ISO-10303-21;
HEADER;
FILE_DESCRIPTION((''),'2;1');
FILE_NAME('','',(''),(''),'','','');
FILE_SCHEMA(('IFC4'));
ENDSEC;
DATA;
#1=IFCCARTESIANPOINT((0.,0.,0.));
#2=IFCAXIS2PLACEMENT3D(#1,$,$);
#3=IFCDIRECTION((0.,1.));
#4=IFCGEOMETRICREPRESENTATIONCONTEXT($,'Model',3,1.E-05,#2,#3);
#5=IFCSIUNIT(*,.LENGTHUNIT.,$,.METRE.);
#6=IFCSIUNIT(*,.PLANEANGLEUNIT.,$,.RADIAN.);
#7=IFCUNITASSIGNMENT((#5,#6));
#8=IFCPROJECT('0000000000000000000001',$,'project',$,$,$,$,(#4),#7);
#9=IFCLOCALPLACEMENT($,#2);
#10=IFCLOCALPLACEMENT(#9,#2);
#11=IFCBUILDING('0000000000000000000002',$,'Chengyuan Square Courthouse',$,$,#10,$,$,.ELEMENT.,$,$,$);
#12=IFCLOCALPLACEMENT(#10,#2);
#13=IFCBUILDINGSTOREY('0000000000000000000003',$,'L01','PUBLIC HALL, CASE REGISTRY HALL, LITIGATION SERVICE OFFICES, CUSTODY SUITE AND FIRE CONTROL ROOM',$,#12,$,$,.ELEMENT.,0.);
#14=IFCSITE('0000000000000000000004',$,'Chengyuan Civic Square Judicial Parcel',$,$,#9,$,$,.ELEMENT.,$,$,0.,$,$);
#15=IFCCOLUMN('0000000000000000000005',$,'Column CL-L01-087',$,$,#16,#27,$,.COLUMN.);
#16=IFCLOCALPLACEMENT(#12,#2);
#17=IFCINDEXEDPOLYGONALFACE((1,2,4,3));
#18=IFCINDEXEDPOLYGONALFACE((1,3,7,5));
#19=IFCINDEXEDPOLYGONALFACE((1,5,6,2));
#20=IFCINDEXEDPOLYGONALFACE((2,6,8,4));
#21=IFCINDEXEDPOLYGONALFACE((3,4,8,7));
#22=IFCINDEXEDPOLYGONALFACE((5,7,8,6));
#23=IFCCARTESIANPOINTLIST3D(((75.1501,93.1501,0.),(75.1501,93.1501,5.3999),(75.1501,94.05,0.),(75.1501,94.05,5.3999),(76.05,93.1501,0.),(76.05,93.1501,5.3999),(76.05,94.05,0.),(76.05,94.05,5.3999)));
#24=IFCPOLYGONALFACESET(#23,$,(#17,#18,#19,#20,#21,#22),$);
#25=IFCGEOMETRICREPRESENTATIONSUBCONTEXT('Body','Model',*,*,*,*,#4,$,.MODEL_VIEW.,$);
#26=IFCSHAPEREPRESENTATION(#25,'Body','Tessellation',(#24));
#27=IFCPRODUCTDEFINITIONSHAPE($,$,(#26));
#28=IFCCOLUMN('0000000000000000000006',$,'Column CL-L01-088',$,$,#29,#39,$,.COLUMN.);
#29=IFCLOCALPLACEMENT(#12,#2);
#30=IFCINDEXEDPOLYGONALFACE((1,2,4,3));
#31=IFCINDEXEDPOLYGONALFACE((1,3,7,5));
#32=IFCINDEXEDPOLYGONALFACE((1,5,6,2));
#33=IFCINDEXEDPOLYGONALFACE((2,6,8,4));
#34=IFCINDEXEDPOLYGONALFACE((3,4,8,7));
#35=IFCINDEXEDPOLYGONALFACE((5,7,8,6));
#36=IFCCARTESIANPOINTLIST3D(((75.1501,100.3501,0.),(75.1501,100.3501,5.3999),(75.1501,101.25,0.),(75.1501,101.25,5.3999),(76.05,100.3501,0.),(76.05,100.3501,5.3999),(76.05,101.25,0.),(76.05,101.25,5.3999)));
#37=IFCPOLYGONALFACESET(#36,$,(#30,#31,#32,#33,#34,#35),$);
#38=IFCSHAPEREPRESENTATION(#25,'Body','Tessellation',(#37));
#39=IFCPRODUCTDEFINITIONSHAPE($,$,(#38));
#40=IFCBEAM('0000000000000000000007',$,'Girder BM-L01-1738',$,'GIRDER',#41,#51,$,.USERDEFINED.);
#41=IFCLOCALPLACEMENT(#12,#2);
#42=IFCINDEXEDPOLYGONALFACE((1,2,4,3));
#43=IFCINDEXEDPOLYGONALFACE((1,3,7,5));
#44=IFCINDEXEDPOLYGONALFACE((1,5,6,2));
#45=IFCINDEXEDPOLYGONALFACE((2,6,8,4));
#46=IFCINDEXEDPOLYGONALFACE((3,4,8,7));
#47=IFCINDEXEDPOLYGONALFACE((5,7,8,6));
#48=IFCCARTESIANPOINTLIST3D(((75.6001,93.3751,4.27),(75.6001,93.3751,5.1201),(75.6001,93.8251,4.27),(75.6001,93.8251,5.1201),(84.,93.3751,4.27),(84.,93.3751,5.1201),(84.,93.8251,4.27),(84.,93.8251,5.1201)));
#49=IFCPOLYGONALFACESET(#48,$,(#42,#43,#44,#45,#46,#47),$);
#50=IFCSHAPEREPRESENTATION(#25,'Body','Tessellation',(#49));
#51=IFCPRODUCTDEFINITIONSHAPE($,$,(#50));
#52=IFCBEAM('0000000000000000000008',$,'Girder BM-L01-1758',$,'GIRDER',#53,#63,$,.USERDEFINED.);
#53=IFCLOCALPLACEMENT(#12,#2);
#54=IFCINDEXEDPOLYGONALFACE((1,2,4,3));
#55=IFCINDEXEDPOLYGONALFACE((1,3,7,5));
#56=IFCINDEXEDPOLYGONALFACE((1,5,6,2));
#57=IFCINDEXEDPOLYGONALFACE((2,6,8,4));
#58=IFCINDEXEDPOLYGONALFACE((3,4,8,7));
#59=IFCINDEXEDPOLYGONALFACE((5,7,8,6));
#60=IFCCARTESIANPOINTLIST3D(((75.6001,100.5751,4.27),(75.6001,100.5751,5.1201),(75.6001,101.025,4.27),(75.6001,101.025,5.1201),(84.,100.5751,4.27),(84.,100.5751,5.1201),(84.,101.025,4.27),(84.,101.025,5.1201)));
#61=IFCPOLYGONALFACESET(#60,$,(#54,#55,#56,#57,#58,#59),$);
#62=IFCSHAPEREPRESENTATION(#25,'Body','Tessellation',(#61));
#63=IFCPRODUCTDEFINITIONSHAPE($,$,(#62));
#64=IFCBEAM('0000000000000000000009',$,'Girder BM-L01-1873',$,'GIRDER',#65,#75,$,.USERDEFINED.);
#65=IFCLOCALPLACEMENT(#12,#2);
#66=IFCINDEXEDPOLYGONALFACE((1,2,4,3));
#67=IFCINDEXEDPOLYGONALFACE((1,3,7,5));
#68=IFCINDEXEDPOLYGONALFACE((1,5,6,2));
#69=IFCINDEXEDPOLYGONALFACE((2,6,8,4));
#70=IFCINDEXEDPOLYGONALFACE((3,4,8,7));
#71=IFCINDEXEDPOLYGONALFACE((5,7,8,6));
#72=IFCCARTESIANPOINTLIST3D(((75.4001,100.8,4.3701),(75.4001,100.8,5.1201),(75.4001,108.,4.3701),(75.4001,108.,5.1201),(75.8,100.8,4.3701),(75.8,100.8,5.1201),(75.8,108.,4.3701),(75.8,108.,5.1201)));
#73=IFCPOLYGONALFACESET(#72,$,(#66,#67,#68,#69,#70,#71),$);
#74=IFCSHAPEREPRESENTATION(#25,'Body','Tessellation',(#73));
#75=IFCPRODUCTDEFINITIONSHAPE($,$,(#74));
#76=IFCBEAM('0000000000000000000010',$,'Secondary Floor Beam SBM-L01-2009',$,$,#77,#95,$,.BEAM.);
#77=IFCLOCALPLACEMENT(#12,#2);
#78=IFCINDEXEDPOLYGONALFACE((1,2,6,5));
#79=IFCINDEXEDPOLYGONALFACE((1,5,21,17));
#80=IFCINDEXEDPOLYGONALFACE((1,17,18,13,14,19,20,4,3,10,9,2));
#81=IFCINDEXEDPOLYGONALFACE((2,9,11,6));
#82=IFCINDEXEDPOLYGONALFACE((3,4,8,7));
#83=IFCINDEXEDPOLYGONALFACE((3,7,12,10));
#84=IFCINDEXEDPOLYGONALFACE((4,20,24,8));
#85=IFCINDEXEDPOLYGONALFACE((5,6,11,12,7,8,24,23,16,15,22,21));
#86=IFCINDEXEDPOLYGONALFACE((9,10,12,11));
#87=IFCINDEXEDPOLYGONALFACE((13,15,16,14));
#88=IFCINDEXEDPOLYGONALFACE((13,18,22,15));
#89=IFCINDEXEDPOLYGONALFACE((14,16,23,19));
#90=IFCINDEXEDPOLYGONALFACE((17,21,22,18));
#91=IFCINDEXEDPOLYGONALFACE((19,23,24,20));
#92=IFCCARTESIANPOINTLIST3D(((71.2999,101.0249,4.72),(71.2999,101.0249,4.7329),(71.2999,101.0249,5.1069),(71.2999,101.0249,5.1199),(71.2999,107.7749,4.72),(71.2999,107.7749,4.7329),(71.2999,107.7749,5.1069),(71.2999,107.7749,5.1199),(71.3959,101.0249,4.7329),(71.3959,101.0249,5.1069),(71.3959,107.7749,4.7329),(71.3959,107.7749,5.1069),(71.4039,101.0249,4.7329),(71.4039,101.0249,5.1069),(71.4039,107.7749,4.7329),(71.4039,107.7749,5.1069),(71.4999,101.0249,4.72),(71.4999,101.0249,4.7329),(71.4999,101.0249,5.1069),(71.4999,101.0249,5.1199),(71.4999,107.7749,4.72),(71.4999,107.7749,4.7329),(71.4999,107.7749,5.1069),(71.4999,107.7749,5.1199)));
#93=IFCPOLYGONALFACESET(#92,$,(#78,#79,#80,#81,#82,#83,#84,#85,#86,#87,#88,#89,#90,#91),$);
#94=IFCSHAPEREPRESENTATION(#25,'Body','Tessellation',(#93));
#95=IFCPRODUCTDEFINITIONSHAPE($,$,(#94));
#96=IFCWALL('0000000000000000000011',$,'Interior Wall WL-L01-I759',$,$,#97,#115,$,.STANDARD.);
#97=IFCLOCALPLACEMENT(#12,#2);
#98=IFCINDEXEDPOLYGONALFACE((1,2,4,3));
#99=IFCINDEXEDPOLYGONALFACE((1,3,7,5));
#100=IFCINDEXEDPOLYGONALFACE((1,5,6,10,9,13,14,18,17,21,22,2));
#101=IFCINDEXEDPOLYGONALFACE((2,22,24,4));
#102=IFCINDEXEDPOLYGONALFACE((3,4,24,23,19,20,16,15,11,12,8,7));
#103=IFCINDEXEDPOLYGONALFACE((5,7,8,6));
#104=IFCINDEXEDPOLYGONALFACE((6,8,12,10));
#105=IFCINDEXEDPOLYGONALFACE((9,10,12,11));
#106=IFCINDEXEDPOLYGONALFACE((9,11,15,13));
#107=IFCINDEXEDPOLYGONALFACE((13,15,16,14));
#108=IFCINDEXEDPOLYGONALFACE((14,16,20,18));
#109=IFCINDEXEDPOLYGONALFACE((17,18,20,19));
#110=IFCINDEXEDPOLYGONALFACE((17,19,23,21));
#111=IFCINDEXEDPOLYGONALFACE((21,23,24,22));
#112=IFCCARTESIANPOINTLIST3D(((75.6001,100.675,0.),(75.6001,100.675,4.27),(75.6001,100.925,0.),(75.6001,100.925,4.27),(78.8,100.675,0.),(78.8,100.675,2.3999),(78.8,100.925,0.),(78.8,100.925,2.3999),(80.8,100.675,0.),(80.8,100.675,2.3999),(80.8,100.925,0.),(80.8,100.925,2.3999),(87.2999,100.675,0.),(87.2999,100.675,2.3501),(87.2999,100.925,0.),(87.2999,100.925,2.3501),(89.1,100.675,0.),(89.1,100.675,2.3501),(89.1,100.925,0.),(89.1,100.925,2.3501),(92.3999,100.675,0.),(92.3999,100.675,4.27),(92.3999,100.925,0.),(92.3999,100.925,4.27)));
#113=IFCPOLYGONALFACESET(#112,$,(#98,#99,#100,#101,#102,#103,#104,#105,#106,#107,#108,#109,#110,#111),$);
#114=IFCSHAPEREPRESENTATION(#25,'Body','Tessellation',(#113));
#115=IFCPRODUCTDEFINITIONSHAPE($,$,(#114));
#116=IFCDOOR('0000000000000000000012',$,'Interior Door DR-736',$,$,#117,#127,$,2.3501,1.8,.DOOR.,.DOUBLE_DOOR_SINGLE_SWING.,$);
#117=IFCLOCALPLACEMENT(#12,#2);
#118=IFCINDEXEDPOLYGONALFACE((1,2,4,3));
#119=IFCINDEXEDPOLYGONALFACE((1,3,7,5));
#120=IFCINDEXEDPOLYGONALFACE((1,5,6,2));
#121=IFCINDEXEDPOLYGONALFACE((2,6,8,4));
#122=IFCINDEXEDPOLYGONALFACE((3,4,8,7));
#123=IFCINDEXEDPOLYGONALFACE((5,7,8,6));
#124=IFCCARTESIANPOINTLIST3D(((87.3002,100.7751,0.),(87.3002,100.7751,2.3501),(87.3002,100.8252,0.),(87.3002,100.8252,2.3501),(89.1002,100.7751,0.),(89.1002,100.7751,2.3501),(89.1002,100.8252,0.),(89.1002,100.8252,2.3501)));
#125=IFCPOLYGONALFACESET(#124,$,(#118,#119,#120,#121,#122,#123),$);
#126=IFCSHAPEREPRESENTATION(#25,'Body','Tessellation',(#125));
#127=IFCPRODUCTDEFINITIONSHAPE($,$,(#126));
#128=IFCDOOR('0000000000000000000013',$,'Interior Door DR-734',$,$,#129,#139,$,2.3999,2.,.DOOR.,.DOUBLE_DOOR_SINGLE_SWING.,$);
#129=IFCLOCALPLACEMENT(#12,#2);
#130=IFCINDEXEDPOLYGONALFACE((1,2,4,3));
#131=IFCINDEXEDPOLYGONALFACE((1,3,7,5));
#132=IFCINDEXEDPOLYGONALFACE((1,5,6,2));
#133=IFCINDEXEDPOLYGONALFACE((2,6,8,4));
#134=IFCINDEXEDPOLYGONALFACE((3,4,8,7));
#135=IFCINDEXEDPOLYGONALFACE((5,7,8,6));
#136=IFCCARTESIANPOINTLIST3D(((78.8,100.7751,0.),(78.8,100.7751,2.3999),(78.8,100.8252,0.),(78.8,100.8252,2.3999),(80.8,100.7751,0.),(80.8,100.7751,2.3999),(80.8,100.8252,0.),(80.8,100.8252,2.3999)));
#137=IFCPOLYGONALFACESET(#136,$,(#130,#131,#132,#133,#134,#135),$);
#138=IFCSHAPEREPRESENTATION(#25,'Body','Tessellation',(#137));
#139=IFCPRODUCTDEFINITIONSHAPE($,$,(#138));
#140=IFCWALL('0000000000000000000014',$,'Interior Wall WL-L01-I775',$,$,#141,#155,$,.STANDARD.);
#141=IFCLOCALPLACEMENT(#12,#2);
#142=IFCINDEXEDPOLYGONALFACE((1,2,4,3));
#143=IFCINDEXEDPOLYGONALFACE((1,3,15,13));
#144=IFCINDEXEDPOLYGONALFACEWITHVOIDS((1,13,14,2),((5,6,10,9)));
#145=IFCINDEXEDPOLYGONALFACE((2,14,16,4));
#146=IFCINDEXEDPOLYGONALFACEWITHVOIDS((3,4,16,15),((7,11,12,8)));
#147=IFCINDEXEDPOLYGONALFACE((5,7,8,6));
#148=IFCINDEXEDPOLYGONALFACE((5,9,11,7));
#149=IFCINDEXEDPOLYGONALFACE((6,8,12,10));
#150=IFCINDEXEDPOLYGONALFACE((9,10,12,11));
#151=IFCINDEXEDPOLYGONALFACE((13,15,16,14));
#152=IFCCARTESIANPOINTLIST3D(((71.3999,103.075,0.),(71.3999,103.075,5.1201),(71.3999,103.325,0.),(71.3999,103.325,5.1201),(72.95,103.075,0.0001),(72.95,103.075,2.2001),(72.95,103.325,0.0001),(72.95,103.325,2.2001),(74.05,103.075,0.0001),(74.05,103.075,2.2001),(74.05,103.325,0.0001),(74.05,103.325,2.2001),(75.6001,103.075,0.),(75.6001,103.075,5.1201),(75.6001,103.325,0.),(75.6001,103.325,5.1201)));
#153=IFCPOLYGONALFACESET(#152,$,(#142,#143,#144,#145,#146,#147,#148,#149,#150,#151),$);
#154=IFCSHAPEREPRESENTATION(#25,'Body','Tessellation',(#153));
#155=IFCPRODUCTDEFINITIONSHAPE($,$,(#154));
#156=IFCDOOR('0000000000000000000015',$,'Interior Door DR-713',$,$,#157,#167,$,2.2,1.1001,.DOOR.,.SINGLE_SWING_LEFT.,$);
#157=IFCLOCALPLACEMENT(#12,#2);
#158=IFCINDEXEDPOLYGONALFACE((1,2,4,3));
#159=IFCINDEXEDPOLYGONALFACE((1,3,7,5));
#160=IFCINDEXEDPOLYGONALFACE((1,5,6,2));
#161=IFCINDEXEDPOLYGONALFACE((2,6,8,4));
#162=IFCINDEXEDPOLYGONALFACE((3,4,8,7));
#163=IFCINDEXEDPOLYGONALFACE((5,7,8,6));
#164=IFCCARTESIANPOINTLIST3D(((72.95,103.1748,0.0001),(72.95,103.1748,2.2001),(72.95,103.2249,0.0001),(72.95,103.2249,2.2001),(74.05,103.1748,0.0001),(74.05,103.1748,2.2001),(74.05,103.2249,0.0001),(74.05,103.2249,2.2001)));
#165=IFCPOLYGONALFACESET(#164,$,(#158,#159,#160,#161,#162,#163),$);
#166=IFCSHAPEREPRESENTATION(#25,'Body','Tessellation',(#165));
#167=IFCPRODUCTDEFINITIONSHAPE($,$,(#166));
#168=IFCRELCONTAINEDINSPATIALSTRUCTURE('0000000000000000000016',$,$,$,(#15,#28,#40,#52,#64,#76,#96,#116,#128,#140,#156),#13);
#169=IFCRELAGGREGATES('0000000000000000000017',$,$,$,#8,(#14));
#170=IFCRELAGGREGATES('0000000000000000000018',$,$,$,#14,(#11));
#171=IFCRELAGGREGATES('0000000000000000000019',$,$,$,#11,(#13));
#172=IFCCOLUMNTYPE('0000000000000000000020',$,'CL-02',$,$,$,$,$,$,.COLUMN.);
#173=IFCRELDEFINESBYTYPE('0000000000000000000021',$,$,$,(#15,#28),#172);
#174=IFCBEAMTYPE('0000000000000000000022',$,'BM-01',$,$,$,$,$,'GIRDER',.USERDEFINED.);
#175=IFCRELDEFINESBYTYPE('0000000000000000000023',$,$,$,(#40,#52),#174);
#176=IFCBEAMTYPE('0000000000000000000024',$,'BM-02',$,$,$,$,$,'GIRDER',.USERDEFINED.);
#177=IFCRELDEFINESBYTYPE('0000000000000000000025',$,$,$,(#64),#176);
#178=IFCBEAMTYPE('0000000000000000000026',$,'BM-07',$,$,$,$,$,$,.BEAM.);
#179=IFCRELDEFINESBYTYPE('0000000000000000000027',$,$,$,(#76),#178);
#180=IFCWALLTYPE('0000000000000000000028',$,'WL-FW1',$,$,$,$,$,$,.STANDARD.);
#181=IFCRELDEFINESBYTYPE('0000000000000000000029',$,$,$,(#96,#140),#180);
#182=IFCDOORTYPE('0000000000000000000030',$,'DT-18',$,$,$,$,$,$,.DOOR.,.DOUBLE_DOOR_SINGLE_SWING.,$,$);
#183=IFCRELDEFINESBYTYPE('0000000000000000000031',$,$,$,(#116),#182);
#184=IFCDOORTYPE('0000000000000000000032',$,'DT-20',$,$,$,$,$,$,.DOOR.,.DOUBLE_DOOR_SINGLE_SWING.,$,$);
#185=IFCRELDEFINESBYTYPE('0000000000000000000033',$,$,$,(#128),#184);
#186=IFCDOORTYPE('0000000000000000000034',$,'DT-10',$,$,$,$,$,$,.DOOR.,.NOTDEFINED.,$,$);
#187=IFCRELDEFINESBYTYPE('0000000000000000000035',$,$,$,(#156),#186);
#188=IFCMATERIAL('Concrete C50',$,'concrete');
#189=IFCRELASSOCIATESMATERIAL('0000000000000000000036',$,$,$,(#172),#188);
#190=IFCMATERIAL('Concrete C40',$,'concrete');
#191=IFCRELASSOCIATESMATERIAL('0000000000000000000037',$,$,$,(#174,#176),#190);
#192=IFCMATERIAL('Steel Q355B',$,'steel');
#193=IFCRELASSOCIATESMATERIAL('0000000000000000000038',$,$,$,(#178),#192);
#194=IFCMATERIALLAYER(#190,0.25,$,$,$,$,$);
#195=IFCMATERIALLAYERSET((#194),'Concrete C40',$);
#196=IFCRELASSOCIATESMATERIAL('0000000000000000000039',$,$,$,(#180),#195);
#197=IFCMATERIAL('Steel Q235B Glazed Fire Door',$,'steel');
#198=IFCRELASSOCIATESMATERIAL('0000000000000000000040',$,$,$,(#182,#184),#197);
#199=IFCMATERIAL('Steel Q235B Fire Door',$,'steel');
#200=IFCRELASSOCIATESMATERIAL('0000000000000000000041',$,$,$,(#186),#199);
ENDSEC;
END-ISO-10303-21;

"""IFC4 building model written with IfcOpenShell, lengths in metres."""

from ifc_helpers import new_model, si_unit, direction, frame, frame_2d, origin, origin_2d, place, context, subcontext, project, spatial, rectangle, i_section, extrude, material, layer, layer_set, material_profile, profile_set, type_object, element, fill, save


model = new_model("IFC4")

# Units and contexts
model_context = context("Model", 3, precision=1e-05, world=origin(), true_north=direction((0.0, 1.0)))
body_context = subcontext(model_context, "Body", "Model", "MODEL_VIEW")
ifc_project = project(units=[si_unit("LENGTHUNIT", "METRE"), si_unit("PLANEANGLEUNIT", "RADIAN")], contexts=[model_context])

# Site, building, storey
site_placement = place(None, origin())
site = spatial("IfcSite", under=ifc_project, at=site_placement, Name="Chengyuan Civic Square Judicial Parcel", CompositionType="ELEMENT", RefElevation=0.0)
building_placement = place(site_placement, origin())
building = spatial("IfcBuilding", under=site, at=building_placement, Name="Chengyuan Square Courthouse", CompositionType="ELEMENT")
storey_placement = place(building_placement, origin())
storey = spatial("IfcBuildingStorey", under=building, at=storey_placement, Name="L01", Description="PUBLIC HALL, CASE REGISTRY HALL, LITIGATION SERVICE OFFICES, CUSTODY SUITE AND FIRE CONTROL ROOM", CompositionType="ELEMENT", Elevation=0.0)

# Columns
ifc_material_1 = material(Name="Concrete C50", Category="concrete")
ifc_material_profile_1 = material_profile(ifc_material_1, rectangle(XDim=0.8999, YDim=0.8999, at=origin_2d()), Name="RC-COL-900x900")
ifc_profile_set_1 = profile_set([ifc_material_profile_1], Name="Concrete C50")
column_type = type_object("IfcColumnType", Name="CL-02", PredefinedType="COLUMN", material=ifc_profile_set_1)
for number, where, z_axis, x_axis, name in (
    (1, (75.6001, 93.6001, 0.0), (0.0, 0.0, 1.0), (1.0, 0.0, 0.0), "Column CL-L01-087"),
    (2, (75.6001, 100.8, 0.0), (0.0, 0.0, 1.0), (1.0, 0.0, 0.0), "Column CL-L01-088"),
):
    element("IfcColumn", number, at=place(storey_placement, frame(where, z_axis=z_axis, x_axis=x_axis)), inside=storey, type_object=column_type, Name=name, PredefinedType="COLUMN", context=body_context, shape_type="SweptSolid", body=[
        extrude(rectangle(XDim=0.8999, YDim=0.8999, at=origin_2d()), origin(), (0.0, 0.0, 1.0), 5.3999),
    ])

# Beams
ifc_material_2 = material(Name="Concrete C40", Category="concrete")
ifc_material_profile_2 = material_profile(ifc_material_2, rectangle(XDim=0.45, YDim=0.8501, at=origin_2d()), Name="RC-BM-450x850")
ifc_profile_set_2 = profile_set([ifc_material_profile_2], Name="Concrete C40")
beam_type_1 = type_object("IfcBeamType", Name="BM-01", ElementType="GIRDER", PredefinedType="USERDEFINED", material=ifc_profile_set_2)
for number, where, z_axis, x_axis, name in (
    (3, (75.6001, 93.6001, 4.6951), (1.0, 0.0, 0.0), (0.0, 1.0, 0.0), "Girder BM-L01-1738"),
    (4, (75.6001, 100.8, 4.6951), (1.0, 0.0, 0.0), (0.0, 1.0, 0.0), "Girder BM-L01-1758"),
):
    element("IfcBeam", number, at=place(storey_placement, frame(where, z_axis=z_axis, x_axis=x_axis)), inside=storey, type_object=beam_type_1, Name=name, ObjectType="GIRDER", PredefinedType="USERDEFINED", context=body_context, shape_type="SweptSolid", body=[
        extrude(rectangle(XDim=0.45, YDim=0.8501, at=origin_2d()), origin(), (0.0, 0.0, 1.0), 8.3999),
    ])
ifc_material_profile_3 = material_profile(ifc_material_2, rectangle(XDim=0.3999, YDim=0.75, at=origin_2d()), Name="RC-BM-400x750")
ifc_profile_set_3 = profile_set([ifc_material_profile_3], Name="Concrete C40")
beam_type_2 = type_object("IfcBeamType", Name="BM-02", ElementType="GIRDER", PredefinedType="USERDEFINED", material=ifc_profile_set_3)
beam_1_placement = place(storey_placement, frame((75.6001, 100.8, 4.7451), z_axis=(0.0, 1.0, 0.0), x_axis=(-1.0, 0.0, 0.0)))
element("IfcBeam", 5, at=beam_1_placement, inside=storey, type_object=beam_type_2, Name="Girder BM-L01-1873", ObjectType="GIRDER", PredefinedType="USERDEFINED", context=body_context, shape_type="SweptSolid", body=[
    extrude(rectangle(XDim=0.3999, YDim=0.75, at=origin_2d()), origin(), (0.0, 0.0, 1.0), 7.2),
])
ifc_material_3 = material(Name="Steel Q355B", Category="steel")
ifc_material_profile_4 = material_profile(ifc_material_3, i_section(OverallWidth=0.2, OverallDepth=0.3999, WebThickness=0.0081, FlangeThickness=0.0129, at=origin_2d()), Name="HN 400x200x8x13")
ifc_profile_set_4 = profile_set([ifc_material_profile_4], Name="Steel Q355B")
beam_type_3 = type_object("IfcBeamType", Name="BM-07", PredefinedType="BEAM", material=ifc_profile_set_4)
beam_2_placement = place(storey_placement, frame((71.3999, 101.0249, 4.9199), z_axis=(0.0, 1.0, 0.0), x_axis=(-1.0, 0.0, 0.0)))
element("IfcBeam", 6, at=beam_2_placement, inside=storey, type_object=beam_type_3, Name="Secondary Floor Beam SBM-L01-2009", PredefinedType="BEAM", context=body_context, shape_type="SweptSolid", body=[
    extrude(i_section(OverallWidth=0.2, OverallDepth=0.3999, WebThickness=0.0081, FlangeThickness=0.0129, at=origin_2d()), origin(), (0.0, 0.0, 1.0), 6.75),
])

# Wall, openings, doors
ifc_layer_1 = layer(ifc_material_2, 0.25)
ifc_layer_set_1 = layer_set([ifc_layer_1], Name="Concrete C40")
wall_type_1 = type_object("IfcWallType", Name="WL-FW1", PredefinedType="STANDARD", material=ifc_layer_set_1)
wall_1_placement = place(storey_placement, frame((75.6001, 100.8, 0.0), z_axis=(0.0, 0.0, 1.0), x_axis=(1.0, 0.0, 0.0)))
wall_1 = element("IfcWall", 7, at=wall_1_placement, inside=storey, type_object=wall_type_1, Name="Interior Wall WL-L01-I759", PredefinedType="STANDARD", context=body_context, shape_type="SweptSolid", body=[
    extrude(rectangle(XDim=16.7998, YDim=0.25, at=frame_2d((8.3999, 0.0))), origin(), (0.0, 0.0, 1.0), 4.27),
])
opening_1_placement = place(wall_1_placement, frame((3.2, 0.0, 0.0)))
opening_1 = element("IfcOpeningElement", 8, at=opening_1_placement, cuts=wall_1, PredefinedType="OPENING", context=body_context, shape_type="SweptSolid", body=[
    extrude(rectangle(XDim=2.0, YDim=2.3999, at=frame_2d((1.0, 1.2))), frame((0.0, 0.137, 0.0), z_axis=(0.0, -1.0, 0.0), x_axis=(1.0, 0.0, 0.0)), (0.0, 0.0, 1.0), 0.2739),
])
opening_2_placement = place(wall_1_placement, frame((11.7, 0.0, 0.0)))
opening_2 = element("IfcOpeningElement", 9, at=opening_2_placement, cuts=wall_1, PredefinedType="OPENING", context=body_context, shape_type="SweptSolid", body=[
    extrude(rectangle(XDim=1.8, YDim=2.3501, at=frame_2d((0.8999, 1.175))), frame((0.0, 0.137, 0.0), z_axis=(0.0, -1.0, 0.0), x_axis=(1.0, 0.0, 0.0)), (0.0, 0.0, 1.0), 0.2739),
])
ifc_material_4 = material(Name="Steel Q235B Glazed Fire Door", Category="steel")
door_type_1 = type_object("IfcDoorType", Name="DT-18", OperationType="DOUBLE_DOOR_SINGLE_SWING", PredefinedType="DOOR", material=ifc_material_4)
door_1_placement = place(opening_2_placement, frame((1.8, 0.0, 0.0), z_axis=(0.0, 0.0, 1.0), x_axis=(-1.0, 0.0, 0.0)))
door_1 = element("IfcDoor", 10, at=door_1_placement, inside=storey, type_object=door_type_1, Name="Interior Door DR-736", OperationType="DOUBLE_DOOR_SINGLE_SWING", OverallHeight=2.3501, OverallWidth=1.8, PredefinedType="DOOR", context=body_context, shape_type="SweptSolid", body=[
    extrude(rectangle(XDim=1.8, YDim=2.3501, at=frame_2d((0.8999, 1.175))), frame((0.0, 0.0249, 0.0), z_axis=(0.0, -1.0, 0.0), x_axis=(1.0, 0.0, 0.0)), (0.0, 0.0, 1.0), 0.05),
])
fill(opening_2, door_1)
door_type_2 = type_object("IfcDoorType", Name="DT-20", OperationType="DOUBLE_DOOR_SINGLE_SWING", PredefinedType="DOOR", material=ifc_material_4)
door_2_placement = place(opening_1_placement, frame((2.0, 0.0, 0.0), z_axis=(0.0, 0.0, 1.0), x_axis=(-1.0, 0.0, 0.0)))
door_2 = element("IfcDoor", 11, at=door_2_placement, inside=storey, type_object=door_type_2, Name="Interior Door DR-734", OperationType="DOUBLE_DOOR_SINGLE_SWING", OverallHeight=2.3999, OverallWidth=2.0, PredefinedType="DOOR", context=body_context, shape_type="SweptSolid", body=[
    extrude(rectangle(XDim=2.0, YDim=2.3999, at=frame_2d((1.0, 1.2))), frame((0.0, 0.0249, 0.0), z_axis=(0.0, -1.0, 0.0), x_axis=(1.0, 0.0, 0.0)), (0.0, 0.0, 1.0), 0.05),
])
fill(opening_1, door_2)

# Wall, opening, door
wall_2_placement = place(storey_placement, frame((71.3999, 103.2, 0.0), z_axis=(0.0, 0.0, 1.0), x_axis=(1.0, 0.0, 0.0)))
wall_2 = element("IfcWall", 12, at=wall_2_placement, inside=storey, type_object=wall_type_1, Name="Interior Wall WL-L01-I775", PredefinedType="STANDARD", context=body_context, shape_type="SweptSolid", body=[
    extrude(rectangle(XDim=4.2002, YDim=0.25, at=frame_2d((2.1001, 0.0))), origin(), (0.0, 0.0, 1.0), 5.1201),
])
opening_3_placement = place(wall_2_placement, frame((1.55, 0.0, 0.0)))
opening_3 = element("IfcOpeningElement", 13, at=opening_3_placement, cuts=wall_2, PredefinedType="OPENING", context=body_context, shape_type="SweptSolid", body=[
    extrude(rectangle(XDim=1.1001, YDim=2.2, at=frame_2d((0.55, 1.1001))), frame((0.0, 0.137, 0.0), z_axis=(0.0, -1.0, 0.0), x_axis=(1.0, 0.0, 0.0)), (0.0, 0.0, 1.0), 0.2739),
])
ifc_material_5 = material(Name="Steel Q235B Fire Door", Category="steel")
door_type_3 = type_object("IfcDoorType", Name="DT-10", OperationType="NOTDEFINED", PredefinedType="DOOR", material=ifc_material_5)
door_3_placement = place(opening_3_placement, origin())
door_3 = element("IfcDoor", 14, at=door_3_placement, inside=storey, type_object=door_type_3, Name="Interior Door DR-713", OperationType="SINGLE_SWING_LEFT", OverallHeight=2.2, OverallWidth=1.1001, PredefinedType="DOOR", context=body_context, shape_type="SweptSolid", body=[
    extrude(rectangle(XDim=1.1001, YDim=2.2, at=frame_2d((0.55, 1.1001))), frame((0.0, 0.0249, 0.0), z_axis=(0.0, -1.0, 0.0), x_axis=(1.0, 0.0, 0.0)), (0.0, 0.0, 1.0), 0.05),
])
fill(opening_3, door_3)

save(model, "model.ifc")
